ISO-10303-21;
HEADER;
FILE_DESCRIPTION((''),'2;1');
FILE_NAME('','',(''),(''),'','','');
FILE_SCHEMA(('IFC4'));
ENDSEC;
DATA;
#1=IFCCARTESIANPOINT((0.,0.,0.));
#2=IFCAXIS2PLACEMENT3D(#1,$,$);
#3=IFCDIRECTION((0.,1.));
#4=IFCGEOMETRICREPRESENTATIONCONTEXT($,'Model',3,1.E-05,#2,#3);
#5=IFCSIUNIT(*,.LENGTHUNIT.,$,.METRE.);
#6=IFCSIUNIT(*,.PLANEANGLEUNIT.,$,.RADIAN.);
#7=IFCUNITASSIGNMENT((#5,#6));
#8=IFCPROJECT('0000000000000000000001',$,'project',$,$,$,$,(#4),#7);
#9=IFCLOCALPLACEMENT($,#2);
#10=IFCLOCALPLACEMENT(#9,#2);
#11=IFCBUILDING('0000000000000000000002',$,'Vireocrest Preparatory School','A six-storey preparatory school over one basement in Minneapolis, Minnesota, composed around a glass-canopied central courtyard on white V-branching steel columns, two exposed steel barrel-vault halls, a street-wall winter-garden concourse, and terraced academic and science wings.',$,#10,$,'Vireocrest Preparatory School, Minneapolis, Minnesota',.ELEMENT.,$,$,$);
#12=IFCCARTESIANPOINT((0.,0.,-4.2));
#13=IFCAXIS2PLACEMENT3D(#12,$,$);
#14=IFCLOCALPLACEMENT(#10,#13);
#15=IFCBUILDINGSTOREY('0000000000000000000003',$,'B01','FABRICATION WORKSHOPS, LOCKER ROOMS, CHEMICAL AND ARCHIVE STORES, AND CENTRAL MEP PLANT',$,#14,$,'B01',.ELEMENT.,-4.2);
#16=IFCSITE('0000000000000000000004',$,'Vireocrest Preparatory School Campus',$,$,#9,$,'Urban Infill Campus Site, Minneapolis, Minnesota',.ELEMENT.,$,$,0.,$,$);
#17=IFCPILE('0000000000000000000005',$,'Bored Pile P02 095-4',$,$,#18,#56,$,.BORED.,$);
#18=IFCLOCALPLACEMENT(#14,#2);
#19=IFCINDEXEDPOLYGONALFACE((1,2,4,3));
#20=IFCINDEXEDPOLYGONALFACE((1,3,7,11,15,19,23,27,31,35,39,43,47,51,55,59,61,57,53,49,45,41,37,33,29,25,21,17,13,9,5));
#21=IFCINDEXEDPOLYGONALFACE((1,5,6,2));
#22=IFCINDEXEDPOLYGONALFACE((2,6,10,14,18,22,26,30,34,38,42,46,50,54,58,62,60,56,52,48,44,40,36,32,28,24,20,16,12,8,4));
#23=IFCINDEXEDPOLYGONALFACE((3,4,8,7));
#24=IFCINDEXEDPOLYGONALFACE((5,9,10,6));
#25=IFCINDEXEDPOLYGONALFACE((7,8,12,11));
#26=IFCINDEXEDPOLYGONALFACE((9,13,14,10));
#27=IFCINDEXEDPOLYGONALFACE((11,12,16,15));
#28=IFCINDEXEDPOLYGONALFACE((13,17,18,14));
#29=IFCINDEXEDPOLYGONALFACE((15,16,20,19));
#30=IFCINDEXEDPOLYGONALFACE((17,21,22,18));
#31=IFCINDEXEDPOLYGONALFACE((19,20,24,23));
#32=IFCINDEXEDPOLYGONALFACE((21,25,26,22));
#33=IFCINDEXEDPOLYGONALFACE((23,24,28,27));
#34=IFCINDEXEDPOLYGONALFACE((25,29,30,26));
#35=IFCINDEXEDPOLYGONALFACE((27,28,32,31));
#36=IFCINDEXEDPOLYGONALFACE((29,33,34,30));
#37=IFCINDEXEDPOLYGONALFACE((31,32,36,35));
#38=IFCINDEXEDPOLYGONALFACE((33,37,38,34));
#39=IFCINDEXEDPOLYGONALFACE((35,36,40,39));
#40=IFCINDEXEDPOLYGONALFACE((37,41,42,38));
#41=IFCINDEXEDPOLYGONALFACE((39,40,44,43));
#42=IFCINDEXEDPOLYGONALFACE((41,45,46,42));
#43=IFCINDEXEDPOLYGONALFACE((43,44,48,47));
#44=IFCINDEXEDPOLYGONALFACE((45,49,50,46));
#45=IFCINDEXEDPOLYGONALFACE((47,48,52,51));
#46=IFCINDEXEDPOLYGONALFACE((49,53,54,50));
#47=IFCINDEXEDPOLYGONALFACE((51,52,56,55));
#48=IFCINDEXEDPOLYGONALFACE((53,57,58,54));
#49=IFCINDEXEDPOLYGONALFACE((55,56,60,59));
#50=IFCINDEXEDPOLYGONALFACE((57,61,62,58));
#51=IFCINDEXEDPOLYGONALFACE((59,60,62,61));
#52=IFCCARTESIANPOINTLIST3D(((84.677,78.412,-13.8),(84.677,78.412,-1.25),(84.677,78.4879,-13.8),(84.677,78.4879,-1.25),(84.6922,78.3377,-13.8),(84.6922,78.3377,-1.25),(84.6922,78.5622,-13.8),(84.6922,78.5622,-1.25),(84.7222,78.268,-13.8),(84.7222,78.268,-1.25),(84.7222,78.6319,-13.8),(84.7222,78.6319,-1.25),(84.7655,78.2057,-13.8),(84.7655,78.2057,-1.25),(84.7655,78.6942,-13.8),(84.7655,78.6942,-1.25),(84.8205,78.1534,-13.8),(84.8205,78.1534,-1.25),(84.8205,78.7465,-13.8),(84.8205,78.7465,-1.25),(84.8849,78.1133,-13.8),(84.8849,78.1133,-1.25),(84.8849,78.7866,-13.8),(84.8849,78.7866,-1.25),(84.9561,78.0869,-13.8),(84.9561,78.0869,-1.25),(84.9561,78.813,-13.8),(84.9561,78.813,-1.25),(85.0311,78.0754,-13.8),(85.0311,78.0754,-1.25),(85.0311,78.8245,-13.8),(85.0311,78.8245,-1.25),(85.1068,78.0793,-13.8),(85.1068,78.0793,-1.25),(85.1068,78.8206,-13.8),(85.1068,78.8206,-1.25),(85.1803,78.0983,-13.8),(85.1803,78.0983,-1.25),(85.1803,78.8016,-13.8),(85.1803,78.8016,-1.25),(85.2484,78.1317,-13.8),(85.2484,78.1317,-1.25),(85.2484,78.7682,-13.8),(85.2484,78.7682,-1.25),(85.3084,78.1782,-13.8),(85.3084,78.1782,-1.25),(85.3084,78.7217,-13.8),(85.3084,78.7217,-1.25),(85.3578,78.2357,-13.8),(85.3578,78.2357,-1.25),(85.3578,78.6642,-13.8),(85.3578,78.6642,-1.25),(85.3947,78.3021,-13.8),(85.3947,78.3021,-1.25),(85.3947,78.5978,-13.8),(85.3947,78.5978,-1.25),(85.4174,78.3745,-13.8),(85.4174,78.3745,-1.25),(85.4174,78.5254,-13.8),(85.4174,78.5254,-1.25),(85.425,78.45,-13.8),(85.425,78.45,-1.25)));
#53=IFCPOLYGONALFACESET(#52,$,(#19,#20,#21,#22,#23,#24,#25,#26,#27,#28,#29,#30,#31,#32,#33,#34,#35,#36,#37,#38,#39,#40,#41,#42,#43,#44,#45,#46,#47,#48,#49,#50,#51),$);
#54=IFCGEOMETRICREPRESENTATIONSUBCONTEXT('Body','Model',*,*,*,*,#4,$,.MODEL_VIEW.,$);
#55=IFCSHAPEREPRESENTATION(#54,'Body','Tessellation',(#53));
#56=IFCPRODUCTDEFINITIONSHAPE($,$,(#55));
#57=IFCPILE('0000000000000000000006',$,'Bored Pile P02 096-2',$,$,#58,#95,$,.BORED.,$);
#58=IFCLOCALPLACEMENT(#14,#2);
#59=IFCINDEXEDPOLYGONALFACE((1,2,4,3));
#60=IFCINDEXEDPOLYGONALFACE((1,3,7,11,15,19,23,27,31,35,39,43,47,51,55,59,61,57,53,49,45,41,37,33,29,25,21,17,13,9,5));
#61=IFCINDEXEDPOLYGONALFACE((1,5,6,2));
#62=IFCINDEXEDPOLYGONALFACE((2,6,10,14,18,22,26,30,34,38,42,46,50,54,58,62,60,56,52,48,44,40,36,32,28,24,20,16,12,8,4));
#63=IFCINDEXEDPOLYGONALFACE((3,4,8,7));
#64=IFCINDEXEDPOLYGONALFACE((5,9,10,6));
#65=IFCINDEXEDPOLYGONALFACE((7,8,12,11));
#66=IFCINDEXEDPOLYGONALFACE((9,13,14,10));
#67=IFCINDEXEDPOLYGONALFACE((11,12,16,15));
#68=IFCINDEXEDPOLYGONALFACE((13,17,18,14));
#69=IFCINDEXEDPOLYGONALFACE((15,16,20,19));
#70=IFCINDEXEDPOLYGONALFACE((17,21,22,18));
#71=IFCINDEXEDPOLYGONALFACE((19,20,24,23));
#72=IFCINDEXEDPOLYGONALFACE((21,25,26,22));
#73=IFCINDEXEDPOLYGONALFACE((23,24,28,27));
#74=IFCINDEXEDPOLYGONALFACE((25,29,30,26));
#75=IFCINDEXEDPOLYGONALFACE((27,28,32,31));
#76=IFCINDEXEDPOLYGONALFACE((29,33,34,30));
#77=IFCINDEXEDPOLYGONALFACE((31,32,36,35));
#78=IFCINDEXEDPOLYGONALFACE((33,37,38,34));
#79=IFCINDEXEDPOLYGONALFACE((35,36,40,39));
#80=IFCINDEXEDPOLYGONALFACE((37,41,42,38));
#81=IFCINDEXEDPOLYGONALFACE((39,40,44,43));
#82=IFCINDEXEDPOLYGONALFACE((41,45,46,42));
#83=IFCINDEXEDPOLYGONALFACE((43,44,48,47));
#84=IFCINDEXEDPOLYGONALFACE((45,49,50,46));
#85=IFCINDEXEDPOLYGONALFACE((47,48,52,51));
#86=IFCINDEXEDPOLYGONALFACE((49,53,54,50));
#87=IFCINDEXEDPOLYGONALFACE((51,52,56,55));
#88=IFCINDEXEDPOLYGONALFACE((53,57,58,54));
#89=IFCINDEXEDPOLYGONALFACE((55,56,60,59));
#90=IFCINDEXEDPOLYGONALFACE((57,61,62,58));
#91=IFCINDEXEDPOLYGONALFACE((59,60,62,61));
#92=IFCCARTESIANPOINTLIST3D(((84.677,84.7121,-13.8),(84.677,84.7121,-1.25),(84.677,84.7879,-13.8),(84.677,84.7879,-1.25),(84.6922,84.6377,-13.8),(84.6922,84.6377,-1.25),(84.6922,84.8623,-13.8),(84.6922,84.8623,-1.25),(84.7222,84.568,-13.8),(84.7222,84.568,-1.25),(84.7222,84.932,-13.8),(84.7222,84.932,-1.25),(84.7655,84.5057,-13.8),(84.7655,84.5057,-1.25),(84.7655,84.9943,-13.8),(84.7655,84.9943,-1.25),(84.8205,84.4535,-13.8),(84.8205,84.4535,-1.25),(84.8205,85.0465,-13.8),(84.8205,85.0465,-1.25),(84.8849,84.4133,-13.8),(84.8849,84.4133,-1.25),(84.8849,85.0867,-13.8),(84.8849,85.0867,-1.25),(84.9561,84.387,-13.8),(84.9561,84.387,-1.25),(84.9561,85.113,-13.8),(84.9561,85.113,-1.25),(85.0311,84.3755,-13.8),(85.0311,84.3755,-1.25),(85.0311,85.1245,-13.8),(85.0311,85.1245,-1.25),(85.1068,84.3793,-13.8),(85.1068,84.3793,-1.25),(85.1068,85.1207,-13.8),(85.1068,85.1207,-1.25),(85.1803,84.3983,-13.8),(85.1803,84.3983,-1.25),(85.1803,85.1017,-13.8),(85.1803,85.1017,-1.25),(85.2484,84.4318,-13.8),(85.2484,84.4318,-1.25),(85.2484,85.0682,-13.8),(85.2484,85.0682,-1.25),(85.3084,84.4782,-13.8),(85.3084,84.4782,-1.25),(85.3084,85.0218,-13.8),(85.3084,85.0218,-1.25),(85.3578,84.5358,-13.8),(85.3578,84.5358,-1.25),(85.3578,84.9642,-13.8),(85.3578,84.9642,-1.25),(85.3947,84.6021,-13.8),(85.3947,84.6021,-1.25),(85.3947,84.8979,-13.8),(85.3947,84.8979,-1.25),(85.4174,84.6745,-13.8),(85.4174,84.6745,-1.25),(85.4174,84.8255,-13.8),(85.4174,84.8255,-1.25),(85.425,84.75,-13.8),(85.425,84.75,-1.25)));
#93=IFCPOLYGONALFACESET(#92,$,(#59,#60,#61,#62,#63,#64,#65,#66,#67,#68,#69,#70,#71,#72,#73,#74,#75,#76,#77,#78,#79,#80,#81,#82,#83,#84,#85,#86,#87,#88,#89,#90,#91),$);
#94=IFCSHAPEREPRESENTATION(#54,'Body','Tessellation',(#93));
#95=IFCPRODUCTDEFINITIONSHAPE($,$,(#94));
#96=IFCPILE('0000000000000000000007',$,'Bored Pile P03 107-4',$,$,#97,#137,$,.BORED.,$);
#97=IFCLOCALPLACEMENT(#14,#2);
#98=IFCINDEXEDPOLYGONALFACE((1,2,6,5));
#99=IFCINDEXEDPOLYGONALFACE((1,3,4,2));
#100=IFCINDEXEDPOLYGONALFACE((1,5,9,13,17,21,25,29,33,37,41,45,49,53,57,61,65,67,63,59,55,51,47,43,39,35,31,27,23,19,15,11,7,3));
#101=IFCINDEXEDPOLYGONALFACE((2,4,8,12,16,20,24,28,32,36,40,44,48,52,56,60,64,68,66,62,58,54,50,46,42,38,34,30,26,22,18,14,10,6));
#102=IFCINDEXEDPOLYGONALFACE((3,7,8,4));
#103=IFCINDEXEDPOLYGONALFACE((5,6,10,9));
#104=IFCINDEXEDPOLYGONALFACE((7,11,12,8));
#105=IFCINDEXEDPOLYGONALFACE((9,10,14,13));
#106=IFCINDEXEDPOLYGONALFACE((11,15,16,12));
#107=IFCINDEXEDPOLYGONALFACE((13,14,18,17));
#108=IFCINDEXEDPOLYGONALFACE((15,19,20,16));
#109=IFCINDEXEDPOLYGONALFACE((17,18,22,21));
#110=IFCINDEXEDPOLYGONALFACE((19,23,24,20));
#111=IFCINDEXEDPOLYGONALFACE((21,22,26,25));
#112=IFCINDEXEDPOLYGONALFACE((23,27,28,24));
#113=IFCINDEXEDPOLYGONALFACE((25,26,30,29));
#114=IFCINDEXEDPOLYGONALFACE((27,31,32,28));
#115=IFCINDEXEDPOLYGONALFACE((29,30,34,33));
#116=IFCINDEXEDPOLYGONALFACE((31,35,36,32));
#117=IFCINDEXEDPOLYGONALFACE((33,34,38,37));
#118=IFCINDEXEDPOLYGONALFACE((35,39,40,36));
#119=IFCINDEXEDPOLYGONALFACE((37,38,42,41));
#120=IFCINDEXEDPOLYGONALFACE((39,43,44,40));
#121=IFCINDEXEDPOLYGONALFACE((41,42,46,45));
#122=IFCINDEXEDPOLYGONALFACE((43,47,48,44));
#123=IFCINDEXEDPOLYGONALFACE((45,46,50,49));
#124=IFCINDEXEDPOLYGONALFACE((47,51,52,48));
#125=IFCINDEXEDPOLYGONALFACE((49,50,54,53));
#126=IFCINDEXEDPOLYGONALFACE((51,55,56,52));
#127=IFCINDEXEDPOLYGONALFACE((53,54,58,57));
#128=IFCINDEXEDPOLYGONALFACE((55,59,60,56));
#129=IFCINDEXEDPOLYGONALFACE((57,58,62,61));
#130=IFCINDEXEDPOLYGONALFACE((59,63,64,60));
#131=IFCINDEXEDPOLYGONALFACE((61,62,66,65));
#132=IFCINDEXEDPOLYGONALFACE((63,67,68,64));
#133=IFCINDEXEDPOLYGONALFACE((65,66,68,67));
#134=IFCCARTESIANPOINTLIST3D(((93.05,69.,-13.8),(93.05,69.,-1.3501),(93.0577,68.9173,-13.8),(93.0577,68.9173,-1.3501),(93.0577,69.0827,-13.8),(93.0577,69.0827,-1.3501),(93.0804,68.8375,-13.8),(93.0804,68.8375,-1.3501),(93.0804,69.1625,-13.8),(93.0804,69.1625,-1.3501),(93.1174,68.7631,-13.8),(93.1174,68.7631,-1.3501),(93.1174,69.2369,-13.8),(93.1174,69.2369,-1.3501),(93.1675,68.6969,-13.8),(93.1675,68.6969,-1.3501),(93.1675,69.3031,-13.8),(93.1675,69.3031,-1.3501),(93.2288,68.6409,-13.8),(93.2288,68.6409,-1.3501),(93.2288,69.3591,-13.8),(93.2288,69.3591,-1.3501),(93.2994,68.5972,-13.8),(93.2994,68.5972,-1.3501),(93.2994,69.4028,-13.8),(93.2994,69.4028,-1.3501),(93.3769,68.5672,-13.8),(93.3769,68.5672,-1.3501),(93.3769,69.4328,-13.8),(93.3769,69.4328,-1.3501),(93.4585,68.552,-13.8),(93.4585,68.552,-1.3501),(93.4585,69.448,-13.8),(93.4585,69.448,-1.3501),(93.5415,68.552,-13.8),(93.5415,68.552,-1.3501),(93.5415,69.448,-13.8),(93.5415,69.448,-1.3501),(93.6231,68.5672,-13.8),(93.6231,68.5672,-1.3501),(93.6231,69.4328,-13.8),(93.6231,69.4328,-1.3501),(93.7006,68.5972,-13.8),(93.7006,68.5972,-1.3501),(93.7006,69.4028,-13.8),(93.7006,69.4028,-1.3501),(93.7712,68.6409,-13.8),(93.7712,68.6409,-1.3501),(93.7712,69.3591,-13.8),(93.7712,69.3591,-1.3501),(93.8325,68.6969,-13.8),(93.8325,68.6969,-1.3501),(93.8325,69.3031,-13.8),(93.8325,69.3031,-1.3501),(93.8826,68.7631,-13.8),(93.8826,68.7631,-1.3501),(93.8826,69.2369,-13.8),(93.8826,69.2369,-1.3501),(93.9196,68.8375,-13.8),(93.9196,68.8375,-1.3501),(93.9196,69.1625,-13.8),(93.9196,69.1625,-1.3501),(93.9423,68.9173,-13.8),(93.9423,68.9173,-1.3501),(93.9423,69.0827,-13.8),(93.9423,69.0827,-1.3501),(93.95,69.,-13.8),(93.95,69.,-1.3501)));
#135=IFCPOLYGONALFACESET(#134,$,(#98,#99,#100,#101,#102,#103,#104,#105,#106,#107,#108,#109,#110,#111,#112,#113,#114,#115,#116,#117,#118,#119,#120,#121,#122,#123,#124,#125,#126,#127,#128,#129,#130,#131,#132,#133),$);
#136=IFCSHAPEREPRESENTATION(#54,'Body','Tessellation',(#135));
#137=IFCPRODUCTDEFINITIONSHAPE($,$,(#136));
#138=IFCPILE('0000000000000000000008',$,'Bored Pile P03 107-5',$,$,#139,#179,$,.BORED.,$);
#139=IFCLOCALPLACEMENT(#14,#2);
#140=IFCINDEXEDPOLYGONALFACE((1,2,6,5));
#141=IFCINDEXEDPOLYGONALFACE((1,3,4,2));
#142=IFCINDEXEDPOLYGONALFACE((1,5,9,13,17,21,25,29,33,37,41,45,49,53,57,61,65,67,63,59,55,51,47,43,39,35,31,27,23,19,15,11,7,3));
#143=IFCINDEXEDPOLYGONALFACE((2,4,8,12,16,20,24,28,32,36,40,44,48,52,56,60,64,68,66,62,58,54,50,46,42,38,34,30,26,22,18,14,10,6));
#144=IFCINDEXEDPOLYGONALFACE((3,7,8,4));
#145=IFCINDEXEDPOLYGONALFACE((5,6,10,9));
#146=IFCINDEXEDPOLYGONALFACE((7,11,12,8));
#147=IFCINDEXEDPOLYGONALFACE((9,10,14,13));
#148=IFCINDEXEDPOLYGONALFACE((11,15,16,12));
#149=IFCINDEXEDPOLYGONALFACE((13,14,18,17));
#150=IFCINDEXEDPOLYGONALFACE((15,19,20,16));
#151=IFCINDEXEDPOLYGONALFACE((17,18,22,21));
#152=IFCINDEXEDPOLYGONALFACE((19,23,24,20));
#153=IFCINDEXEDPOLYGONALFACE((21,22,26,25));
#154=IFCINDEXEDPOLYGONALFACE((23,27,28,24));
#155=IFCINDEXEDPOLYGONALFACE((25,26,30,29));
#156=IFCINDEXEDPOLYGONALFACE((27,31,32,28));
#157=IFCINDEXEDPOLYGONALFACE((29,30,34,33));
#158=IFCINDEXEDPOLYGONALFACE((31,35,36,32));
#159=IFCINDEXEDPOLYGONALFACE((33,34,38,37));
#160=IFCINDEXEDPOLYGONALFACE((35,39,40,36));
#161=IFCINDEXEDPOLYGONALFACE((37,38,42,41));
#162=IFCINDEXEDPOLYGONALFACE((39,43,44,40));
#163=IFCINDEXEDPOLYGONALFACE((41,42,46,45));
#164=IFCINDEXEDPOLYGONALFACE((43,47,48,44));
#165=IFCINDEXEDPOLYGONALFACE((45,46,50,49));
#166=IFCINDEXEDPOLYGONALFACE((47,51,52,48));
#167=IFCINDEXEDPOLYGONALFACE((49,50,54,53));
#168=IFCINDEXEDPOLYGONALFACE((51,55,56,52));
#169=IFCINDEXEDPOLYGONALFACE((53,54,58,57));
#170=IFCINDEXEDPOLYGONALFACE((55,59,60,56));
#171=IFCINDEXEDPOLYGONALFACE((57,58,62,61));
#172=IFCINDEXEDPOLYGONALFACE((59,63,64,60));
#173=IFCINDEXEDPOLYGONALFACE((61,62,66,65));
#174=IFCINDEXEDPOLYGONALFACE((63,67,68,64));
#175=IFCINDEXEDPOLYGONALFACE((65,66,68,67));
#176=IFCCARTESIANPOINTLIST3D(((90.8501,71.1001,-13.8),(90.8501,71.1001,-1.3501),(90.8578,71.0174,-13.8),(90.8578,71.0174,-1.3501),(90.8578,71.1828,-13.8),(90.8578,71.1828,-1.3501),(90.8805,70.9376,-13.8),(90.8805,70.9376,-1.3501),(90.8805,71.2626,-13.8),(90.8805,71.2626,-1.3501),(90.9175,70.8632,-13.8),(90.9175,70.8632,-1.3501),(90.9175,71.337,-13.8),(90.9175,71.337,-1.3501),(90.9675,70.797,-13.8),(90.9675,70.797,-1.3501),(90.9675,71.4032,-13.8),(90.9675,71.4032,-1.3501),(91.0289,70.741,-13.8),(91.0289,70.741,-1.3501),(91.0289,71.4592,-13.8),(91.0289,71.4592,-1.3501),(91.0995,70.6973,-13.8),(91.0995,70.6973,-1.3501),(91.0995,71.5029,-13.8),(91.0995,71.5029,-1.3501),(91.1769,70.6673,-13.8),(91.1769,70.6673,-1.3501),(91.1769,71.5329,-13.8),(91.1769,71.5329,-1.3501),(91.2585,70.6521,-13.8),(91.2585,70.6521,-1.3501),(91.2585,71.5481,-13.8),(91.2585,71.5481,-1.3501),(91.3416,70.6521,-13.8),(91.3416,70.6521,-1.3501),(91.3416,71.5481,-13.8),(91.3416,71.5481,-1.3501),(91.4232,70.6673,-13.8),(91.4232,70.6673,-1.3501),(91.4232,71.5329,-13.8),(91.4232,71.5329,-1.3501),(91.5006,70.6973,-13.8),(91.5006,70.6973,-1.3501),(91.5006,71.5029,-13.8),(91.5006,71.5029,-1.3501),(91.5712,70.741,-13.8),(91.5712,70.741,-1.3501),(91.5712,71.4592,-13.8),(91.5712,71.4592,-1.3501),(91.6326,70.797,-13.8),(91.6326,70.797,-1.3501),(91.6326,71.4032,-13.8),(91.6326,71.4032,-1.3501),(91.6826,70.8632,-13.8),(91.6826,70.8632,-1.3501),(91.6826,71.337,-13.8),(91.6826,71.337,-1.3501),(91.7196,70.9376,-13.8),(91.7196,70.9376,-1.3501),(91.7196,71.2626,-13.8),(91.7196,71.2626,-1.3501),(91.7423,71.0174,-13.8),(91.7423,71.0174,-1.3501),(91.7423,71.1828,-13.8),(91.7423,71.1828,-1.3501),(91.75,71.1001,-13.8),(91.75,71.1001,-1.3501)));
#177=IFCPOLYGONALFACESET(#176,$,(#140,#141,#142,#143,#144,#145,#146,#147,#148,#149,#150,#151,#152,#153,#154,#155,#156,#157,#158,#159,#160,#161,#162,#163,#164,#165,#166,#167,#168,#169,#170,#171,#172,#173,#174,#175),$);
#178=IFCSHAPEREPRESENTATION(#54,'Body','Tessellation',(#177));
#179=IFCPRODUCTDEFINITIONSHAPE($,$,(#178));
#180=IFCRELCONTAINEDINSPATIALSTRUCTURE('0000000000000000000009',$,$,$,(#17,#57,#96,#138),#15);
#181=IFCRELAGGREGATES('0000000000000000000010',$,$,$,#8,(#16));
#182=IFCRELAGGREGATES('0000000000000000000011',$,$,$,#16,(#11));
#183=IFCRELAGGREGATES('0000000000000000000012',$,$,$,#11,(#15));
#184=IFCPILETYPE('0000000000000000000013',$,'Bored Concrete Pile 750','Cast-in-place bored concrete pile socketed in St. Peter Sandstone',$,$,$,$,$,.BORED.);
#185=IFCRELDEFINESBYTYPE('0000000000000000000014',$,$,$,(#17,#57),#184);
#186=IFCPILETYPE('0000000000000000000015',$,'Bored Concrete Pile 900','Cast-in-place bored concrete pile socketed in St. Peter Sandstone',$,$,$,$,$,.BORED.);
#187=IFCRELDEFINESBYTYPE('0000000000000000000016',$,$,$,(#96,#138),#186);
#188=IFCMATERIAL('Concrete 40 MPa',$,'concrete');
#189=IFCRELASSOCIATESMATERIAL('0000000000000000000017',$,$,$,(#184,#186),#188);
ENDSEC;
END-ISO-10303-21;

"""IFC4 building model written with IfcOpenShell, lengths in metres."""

from ifc_helpers import new_model, si_unit, direction, frame, origin, origin_2d, place, context, subcontext, project, spatial, circle, extrude, material, material_profile, profile_set, type_object, element, save


model = new_model("IFC4")

# Units and contexts
model_context = context("Model", 3, precision=1e-05, world=origin(), true_north=direction((0.0, 1.0)))
body_context = subcontext(model_context, "Body", "Model", "MODEL_VIEW")
ifc_project = project(units=[si_unit("LENGTHUNIT", "METRE"), si_unit("PLANEANGLEUNIT", "RADIAN")], contexts=[model_context])

# Site, building, storey
site_placement = place(None, origin())
site = spatial("IfcSite", under=ifc_project, at=site_placement, Name="Vireocrest Preparatory School Campus", LongName="Urban Infill Campus Site, Minneapolis, Minnesota", CompositionType="ELEMENT", RefElevation=0.0)
building_placement = place(site_placement, origin())
building = spatial("IfcBuilding", under=site, at=building_placement, Name="Vireocrest Preparatory School", Description="A six-storey preparatory school over one basement in Minneapolis, Minnesota, composed around a glass-canopied central courtyard on white V-branching steel columns, two exposed steel barrel-vault halls, a street-wall winter-garden concourse, and terraced academic and science wings.", LongName="Vireocrest Preparatory School, Minneapolis, Minnesota", CompositionType="ELEMENT")
storey_placement = place(building_placement, frame((0.0, 0.0, -4.2)))
storey = spatial("IfcBuildingStorey", under=building, at=storey_placement, Name="B01", Description="FABRICATION WORKSHOPS, LOCKER ROOMS, CHEMICAL AND ARCHIVE STORES, AND CENTRAL MEP PLANT", LongName="B01", CompositionType="ELEMENT", Elevation=-4.2)

# Piles
ifc_material_1 = material(Name="Concrete 40 MPa", Category="concrete")
ifc_material_profile_1 = material_profile(ifc_material_1, circle(Radius=0.375, at=origin_2d()), Name="BORED PILE 750")
ifc_profile_set_1 = profile_set([ifc_material_profile_1], Name="Concrete 40 MPa")
pile_type_1 = type_object("IfcPileType", Name="Bored Concrete Pile 750", Description="Cast-in-place bored concrete pile socketed in St. Peter Sandstone", PredefinedType="BORED", material=ifc_profile_set_1)
for number, where, z_axis, x_axis, name in (
    (1, (85.05, 78.45, -1.25), (0.0, 0.0, -1.0), (1.0, 0.0, 0.0), "Bored Pile P02 095-4"),
    (2, (85.05, 84.75, -1.25), (0.0, 0.0, -1.0), (1.0, 0.0, 0.0), "Bored Pile P02 096-2"),
):
    element("IfcPile", number, at=place(storey_placement, frame(where, z_axis=z_axis, x_axis=x_axis)), inside=storey, type_object=pile_type_1, Name=name, PredefinedType="BORED", context=body_context, shape_type="SweptSolid", body=[
        extrude(circle(Radius=0.375, at=origin_2d()), origin(), (0.0, 0.0, 1.0), 12.55),
    ])
ifc_material_profile_2 = material_profile(ifc_material_1, circle(Radius=0.45, at=origin_2d()), Name="BORED PILE 900")
ifc_profile_set_2 = profile_set([ifc_material_profile_2], Name="Concrete 40 MPa")
pile_type_2 = type_object("IfcPileType", Name="Bored Concrete Pile 900", Description="Cast-in-place bored concrete pile socketed in St. Peter Sandstone", PredefinedType="BORED", material=ifc_profile_set_2)
for number, where, z_axis, x_axis, name in (
    (3, (93.5, 69.0, -1.3501), (0.0, 0.0, -1.0), (1.0, 0.0, 0.0), "Bored Pile P03 107-4"),
    (4, (91.3, 71.1001, -1.3501), (0.0, 0.0, -1.0), (1.0, 0.0, 0.0), "Bored Pile P03 107-5"),
):
    element("IfcPile", number, at=place(storey_placement, frame(where, z_axis=z_axis, x_axis=x_axis)), inside=storey, type_object=pile_type_2, Name=name, PredefinedType="BORED", context=body_context, shape_type="SweptSolid", body=[
        extrude(circle(Radius=0.45, at=origin_2d()), origin(), (0.0, 0.0, 1.0), 12.45),
    ])

save(model, "model.ifc")
